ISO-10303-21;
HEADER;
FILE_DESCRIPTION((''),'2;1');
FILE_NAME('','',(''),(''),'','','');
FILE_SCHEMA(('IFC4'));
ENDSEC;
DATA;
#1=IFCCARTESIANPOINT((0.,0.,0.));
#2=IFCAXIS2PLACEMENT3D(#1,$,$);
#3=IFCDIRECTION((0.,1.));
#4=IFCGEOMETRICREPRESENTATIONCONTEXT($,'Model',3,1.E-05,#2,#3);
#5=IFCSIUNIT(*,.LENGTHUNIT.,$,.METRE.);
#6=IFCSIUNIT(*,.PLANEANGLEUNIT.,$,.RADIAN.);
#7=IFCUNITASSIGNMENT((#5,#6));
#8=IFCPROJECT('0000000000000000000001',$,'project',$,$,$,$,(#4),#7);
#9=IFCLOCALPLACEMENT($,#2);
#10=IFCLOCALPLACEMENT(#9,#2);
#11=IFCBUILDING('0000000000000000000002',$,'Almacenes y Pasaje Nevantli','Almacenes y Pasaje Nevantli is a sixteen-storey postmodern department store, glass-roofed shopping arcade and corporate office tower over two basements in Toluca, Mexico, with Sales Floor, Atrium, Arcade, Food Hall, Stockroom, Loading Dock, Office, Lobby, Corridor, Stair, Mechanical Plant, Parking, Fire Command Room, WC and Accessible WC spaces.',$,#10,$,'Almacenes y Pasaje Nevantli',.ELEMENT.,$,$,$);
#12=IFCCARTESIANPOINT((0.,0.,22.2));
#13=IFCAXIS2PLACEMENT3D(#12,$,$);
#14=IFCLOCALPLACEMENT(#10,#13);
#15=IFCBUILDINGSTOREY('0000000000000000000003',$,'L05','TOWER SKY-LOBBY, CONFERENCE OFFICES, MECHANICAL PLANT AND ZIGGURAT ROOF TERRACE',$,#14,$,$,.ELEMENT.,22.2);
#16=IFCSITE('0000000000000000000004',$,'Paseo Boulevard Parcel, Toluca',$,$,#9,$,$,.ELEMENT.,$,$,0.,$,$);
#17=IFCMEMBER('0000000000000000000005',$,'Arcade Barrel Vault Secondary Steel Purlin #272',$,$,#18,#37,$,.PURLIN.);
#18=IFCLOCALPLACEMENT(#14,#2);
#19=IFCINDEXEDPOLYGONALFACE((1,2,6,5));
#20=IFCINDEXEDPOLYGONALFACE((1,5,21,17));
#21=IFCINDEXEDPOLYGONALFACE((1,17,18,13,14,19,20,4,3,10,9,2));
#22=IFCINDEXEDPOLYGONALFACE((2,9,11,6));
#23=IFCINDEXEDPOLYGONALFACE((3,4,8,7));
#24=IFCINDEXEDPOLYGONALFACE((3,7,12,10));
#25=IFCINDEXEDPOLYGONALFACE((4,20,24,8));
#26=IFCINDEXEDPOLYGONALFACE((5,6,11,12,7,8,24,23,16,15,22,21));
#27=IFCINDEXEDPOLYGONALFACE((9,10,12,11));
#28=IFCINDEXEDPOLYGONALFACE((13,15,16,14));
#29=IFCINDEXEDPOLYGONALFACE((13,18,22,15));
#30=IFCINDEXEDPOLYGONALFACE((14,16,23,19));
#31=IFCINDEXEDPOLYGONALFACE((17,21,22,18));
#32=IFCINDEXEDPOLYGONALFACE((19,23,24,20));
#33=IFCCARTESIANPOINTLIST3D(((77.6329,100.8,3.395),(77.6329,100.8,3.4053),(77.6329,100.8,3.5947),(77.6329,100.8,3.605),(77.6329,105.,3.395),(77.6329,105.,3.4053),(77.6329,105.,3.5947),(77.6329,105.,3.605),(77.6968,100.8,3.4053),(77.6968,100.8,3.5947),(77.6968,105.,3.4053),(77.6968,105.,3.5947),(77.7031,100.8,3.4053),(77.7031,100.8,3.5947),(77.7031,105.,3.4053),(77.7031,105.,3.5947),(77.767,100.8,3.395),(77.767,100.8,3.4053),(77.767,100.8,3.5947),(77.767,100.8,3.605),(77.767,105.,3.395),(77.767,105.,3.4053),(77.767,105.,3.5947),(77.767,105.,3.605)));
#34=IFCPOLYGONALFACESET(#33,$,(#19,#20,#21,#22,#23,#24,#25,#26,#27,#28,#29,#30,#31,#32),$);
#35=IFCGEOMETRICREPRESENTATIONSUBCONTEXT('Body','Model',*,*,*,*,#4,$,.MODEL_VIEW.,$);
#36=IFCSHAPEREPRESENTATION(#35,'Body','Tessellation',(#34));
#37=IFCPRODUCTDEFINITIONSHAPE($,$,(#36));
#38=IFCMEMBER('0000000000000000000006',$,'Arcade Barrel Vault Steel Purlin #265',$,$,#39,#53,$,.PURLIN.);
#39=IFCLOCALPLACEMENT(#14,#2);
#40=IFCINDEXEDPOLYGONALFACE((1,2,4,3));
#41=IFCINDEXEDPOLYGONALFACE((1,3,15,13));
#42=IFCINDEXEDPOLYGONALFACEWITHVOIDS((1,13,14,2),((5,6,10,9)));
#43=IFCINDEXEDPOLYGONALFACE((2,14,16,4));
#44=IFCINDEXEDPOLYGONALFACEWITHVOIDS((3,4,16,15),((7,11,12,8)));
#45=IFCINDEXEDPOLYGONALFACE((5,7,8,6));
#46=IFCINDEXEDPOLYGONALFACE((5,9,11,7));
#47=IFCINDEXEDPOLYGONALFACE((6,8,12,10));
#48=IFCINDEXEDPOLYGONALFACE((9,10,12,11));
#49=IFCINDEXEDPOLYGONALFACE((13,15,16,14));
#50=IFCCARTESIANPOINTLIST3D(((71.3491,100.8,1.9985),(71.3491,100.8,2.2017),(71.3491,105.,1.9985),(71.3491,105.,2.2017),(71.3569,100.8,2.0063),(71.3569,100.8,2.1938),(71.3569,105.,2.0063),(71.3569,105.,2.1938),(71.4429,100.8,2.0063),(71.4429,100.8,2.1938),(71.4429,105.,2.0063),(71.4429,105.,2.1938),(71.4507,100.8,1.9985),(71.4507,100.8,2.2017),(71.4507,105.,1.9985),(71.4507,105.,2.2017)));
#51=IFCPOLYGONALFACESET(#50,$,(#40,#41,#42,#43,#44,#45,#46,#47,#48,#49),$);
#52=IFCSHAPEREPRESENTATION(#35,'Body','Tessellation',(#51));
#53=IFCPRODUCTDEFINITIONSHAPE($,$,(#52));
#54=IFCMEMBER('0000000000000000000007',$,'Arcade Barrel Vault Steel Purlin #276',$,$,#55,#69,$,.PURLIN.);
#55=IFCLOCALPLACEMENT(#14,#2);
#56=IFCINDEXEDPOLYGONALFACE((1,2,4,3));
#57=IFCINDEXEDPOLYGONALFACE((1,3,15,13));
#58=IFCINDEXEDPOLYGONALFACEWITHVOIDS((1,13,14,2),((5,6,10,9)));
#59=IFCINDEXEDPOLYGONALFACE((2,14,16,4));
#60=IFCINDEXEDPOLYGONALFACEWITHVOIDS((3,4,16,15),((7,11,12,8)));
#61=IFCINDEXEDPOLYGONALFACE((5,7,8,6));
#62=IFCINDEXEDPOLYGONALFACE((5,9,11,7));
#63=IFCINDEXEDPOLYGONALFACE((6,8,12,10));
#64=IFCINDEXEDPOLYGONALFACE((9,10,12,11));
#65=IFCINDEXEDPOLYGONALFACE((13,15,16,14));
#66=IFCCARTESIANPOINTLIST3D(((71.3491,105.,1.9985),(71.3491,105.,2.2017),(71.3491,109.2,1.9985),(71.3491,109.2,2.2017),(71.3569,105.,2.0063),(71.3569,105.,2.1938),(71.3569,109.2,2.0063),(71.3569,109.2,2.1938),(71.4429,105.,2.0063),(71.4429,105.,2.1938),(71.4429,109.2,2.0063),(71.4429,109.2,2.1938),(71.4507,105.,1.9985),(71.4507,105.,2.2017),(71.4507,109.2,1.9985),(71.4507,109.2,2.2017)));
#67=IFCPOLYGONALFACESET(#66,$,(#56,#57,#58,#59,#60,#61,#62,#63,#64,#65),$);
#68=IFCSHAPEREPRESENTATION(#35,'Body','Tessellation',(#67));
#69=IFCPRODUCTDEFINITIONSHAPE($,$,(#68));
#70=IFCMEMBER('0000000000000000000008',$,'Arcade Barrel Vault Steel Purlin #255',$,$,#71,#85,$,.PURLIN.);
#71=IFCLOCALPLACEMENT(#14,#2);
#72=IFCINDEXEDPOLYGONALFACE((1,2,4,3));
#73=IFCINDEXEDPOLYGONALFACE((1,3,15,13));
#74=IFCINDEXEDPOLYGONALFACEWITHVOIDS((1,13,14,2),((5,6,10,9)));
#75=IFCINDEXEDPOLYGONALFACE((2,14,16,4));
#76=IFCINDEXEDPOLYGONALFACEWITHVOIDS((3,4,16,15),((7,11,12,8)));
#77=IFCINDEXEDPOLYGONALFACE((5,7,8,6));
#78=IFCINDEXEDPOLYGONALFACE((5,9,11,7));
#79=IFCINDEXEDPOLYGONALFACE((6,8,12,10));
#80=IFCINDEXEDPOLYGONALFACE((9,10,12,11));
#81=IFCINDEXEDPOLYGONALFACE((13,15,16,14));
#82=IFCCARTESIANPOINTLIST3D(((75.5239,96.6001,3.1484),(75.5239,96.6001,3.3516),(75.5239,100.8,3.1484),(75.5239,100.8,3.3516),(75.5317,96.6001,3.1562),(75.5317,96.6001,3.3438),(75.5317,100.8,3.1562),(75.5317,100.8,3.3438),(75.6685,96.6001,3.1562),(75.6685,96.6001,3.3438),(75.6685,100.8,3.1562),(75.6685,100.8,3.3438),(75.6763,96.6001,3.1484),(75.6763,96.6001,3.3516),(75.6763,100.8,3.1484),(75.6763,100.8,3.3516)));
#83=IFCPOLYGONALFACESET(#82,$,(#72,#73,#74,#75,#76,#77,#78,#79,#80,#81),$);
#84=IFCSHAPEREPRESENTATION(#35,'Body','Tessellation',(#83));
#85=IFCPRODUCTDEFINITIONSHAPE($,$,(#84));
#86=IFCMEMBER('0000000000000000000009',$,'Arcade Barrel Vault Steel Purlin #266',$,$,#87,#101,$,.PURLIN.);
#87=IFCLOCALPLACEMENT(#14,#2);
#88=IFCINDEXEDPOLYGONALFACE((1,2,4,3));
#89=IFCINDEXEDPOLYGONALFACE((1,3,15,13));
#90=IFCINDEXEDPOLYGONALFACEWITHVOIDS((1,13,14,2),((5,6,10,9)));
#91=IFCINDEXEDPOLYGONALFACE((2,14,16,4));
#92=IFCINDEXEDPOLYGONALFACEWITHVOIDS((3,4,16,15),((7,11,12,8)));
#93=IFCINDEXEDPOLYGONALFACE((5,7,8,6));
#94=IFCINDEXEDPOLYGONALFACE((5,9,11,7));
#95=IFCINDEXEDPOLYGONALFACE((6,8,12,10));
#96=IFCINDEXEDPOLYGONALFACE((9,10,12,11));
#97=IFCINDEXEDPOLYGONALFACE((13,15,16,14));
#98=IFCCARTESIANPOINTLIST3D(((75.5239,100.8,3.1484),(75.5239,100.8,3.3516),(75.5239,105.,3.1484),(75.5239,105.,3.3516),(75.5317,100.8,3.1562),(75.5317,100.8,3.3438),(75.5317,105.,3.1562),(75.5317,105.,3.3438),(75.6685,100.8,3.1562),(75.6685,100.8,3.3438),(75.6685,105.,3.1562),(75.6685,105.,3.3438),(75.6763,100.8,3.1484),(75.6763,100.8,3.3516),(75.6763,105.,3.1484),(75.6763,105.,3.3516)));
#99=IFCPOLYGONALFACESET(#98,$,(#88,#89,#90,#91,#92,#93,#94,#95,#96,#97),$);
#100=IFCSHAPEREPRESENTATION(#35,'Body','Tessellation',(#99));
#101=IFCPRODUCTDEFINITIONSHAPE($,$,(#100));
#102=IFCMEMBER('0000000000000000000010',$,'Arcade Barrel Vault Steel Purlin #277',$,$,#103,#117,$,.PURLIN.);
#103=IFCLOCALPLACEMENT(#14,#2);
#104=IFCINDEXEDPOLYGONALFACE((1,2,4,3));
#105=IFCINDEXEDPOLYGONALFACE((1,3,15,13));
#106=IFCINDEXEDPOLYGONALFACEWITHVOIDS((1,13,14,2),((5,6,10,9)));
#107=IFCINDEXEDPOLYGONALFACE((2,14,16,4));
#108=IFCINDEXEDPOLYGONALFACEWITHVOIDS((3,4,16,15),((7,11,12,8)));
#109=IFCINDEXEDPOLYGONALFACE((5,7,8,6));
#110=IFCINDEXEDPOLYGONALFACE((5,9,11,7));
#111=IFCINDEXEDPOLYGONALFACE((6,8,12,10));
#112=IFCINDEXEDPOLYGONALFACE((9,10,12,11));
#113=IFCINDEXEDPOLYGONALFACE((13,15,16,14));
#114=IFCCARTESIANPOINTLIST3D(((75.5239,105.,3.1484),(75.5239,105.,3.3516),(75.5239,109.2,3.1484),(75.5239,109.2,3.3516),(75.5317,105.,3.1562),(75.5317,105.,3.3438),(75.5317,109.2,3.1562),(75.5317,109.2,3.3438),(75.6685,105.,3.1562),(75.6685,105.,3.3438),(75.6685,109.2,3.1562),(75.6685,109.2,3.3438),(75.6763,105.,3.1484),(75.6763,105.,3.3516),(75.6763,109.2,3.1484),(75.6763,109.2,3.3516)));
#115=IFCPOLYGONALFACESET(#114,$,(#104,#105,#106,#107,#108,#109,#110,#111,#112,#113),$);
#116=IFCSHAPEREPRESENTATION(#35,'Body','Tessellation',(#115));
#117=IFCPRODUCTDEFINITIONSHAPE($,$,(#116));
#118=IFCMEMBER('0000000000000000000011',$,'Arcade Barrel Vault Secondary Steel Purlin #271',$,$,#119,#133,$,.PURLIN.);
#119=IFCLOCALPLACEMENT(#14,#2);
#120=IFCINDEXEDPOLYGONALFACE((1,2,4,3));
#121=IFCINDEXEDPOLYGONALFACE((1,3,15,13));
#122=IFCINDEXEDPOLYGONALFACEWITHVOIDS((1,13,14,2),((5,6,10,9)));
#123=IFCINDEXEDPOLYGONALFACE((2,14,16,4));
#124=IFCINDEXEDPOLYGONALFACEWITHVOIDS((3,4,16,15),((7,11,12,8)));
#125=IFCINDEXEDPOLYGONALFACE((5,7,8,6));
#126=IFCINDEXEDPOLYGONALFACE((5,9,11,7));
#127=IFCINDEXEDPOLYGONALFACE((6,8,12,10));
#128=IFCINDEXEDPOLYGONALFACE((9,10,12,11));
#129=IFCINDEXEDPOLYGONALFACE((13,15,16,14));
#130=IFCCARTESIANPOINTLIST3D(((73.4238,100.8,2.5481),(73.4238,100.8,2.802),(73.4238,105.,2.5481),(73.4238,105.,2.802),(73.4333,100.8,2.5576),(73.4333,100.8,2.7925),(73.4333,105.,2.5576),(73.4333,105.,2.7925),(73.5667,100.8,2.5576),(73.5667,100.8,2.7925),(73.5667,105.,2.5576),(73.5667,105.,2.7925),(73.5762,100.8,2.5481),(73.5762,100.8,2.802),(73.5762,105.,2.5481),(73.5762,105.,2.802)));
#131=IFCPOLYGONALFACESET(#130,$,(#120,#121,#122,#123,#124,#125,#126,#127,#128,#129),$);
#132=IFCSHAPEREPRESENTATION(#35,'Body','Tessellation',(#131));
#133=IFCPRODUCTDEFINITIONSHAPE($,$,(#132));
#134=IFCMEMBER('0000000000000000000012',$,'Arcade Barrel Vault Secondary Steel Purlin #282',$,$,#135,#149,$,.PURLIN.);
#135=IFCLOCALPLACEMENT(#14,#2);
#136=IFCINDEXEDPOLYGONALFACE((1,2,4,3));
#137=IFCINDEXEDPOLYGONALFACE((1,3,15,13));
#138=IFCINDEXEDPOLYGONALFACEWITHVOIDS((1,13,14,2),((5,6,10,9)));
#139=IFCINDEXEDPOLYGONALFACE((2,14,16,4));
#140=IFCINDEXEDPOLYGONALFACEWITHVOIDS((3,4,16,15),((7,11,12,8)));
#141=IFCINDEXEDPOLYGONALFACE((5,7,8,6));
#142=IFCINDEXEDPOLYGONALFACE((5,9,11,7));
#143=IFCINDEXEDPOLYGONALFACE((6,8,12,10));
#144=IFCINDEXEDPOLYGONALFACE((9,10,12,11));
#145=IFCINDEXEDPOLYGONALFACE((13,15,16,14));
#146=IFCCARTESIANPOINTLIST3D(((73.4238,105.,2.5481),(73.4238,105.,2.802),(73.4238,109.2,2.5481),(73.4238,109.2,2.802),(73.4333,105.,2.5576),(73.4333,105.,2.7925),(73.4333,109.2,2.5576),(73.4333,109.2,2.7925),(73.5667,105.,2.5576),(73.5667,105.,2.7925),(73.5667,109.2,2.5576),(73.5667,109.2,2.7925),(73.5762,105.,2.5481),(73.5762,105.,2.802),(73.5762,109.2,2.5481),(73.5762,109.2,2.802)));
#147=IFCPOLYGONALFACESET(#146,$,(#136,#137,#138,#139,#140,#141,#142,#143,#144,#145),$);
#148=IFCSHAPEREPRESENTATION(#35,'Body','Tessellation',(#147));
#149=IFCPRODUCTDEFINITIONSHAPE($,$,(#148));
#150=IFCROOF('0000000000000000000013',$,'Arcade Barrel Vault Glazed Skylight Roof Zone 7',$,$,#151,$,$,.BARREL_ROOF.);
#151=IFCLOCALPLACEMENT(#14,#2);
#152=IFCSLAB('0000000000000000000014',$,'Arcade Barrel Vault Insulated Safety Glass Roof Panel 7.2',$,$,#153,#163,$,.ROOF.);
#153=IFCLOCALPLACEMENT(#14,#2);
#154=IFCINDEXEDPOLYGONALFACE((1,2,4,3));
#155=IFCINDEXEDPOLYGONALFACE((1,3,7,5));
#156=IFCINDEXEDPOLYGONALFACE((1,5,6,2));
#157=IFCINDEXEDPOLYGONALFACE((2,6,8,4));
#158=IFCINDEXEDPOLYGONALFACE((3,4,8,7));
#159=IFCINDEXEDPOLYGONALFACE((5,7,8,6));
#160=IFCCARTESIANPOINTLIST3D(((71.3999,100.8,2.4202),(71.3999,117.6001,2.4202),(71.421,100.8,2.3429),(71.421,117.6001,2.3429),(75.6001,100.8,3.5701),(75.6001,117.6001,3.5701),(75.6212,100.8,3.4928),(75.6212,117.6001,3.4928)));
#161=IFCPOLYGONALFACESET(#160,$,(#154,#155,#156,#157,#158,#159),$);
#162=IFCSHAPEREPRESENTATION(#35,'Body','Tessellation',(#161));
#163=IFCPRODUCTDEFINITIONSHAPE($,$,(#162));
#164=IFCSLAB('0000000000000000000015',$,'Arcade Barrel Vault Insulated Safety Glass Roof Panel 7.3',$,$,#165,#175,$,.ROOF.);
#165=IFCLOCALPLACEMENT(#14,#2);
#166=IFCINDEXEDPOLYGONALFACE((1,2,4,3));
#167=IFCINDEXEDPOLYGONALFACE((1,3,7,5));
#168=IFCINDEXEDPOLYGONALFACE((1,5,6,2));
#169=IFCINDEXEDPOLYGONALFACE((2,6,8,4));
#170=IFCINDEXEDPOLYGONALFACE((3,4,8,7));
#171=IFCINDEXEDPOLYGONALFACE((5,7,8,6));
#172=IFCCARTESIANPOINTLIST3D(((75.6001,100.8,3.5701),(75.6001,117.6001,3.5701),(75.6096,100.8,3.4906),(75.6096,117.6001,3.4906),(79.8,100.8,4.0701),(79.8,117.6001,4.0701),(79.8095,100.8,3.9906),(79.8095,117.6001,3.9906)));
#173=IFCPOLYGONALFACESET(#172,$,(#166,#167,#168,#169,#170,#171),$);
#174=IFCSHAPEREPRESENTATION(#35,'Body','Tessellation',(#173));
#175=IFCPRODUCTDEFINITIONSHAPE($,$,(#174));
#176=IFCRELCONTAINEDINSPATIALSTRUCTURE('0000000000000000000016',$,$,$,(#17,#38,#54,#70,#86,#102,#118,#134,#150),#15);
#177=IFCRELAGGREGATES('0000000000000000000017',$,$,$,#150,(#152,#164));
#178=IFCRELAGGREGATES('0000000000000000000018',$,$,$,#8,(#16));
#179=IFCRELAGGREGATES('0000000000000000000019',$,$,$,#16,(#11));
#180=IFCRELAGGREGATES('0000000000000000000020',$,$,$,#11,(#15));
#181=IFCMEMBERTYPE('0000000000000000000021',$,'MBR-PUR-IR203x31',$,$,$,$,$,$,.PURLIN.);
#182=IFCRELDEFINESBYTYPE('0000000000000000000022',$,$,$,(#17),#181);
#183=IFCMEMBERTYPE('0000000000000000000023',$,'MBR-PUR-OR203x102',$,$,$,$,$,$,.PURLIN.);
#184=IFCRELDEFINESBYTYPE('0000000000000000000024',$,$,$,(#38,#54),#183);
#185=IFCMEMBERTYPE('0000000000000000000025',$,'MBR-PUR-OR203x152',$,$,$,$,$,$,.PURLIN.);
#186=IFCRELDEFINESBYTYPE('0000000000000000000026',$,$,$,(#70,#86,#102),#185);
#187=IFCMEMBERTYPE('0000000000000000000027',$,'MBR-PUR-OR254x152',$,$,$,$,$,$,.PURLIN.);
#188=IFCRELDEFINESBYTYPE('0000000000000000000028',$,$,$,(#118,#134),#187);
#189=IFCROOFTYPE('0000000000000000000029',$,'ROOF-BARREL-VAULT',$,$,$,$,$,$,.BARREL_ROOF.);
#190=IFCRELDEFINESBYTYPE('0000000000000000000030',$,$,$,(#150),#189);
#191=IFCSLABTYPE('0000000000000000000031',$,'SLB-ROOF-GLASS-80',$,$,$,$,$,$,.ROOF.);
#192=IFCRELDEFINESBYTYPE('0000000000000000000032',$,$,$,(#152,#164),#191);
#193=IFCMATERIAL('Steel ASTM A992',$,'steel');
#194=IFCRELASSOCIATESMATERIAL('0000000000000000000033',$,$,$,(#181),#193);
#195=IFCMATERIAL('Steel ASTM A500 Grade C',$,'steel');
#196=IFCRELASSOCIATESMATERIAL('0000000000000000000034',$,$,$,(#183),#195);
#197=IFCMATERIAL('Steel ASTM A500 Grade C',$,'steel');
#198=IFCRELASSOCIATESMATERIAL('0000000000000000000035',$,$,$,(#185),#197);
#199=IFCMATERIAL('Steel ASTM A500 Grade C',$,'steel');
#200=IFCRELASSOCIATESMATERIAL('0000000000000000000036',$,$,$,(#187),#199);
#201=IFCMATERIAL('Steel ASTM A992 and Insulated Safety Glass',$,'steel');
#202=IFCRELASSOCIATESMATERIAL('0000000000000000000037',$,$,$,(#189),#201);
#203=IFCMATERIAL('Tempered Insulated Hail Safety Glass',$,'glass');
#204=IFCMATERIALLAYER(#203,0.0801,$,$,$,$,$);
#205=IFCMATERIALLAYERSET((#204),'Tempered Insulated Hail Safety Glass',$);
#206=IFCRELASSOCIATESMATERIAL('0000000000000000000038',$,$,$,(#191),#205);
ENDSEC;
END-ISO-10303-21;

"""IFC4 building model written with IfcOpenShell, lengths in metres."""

from ifc_helpers import new_model, si_unit, direction, frame, origin, origin_2d, place, context, subcontext, project, spatial, polyline, hollow_rectangle, i_section, outline, extrude, material, layer, layer_set, material_profile, profile_set, type_object, element, aggregate, save


model = new_model("IFC4")

# Units and contexts
model_context = context("Model", 3, precision=1e-05, world=origin(), true_north=direction((0.0, 1.0)))
body_context = subcontext(model_context, "Body", "Model", "MODEL_VIEW")
ifc_project = project(units=[si_unit("LENGTHUNIT", "METRE"), si_unit("PLANEANGLEUNIT", "RADIAN")], contexts=[model_context])

# Site, building, storey
site_placement = place(None, origin())
site = spatial("IfcSite", under=ifc_project, at=site_placement, Name="Paseo Boulevard Parcel, Toluca", CompositionType="ELEMENT", RefElevation=0.0)
building_placement = place(site_placement, origin())
building = spatial("IfcBuilding", under=site, at=building_placement, Name="Almacenes y Pasaje Nevantli", Description="Almacenes y Pasaje Nevantli is a sixteen-storey postmodern department store, glass-roofed shopping arcade and corporate office tower over two basements in Toluca, Mexico, with Sales Floor, Atrium, Arcade, Food Hall, Stockroom, Loading Dock, Office, Lobby, Corridor, Stair, Mechanical Plant, Parking, Fire Command Room, WC and Accessible WC spaces.", LongName="Almacenes y Pasaje Nevantli", CompositionType="ELEMENT")
storey_placement = place(building_placement, frame((0.0, 0.0, 22.2)))
storey = spatial("IfcBuildingStorey", under=building, at=storey_placement, Name="L05", Description="TOWER SKY-LOBBY, CONFERENCE OFFICES, MECHANICAL PLANT AND ZIGGURAT ROOF TERRACE", CompositionType="ELEMENT", Elevation=22.2)

# Members
ifc_material_1 = material(Name="Steel ASTM A992", Category="steel")
ifc_material_profile_1 = material_profile(ifc_material_1, i_section(OverallWidth=0.134, OverallDepth=0.21, WebThickness=0.0063, FlangeThickness=0.0103, at=origin_2d()), Name="IR 203x31.3")
ifc_profile_set_1 = profile_set([ifc_material_profile_1], Name="Steel ASTM A992")
member_type_1 = type_object("IfcMemberType", Name="MBR-PUR-IR203x31", PredefinedType="PURLIN", material=ifc_profile_set_1)
for number, where, z_axis, x_axis, name in (
    (1, (77.7, 100.8, 3.5), (0.0, 1.0, 0.0), (-1.0, 0.0, 0.0), "Arcade Barrel Vault Secondary Steel Purlin #272"),
):
    element("IfcMember", number, at=place(storey_placement, frame(where, z_axis=z_axis, x_axis=x_axis)), inside=storey, type_object=member_type_1, Name=name, PredefinedType="PURLIN", context=body_context, shape_type="SweptSolid", body=[
        extrude(i_section(OverallWidth=0.134, OverallDepth=0.21, WebThickness=0.0063, FlangeThickness=0.0103, at=origin_2d()), origin(), (0.0, 0.0, 1.0), 4.2),
    ])
ifc_material_2 = material(Name="Steel ASTM A500 Grade C", Category="steel")
ifc_material_profile_2 = material_profile(ifc_material_2, hollow_rectangle(XDim=0.1016, YDim=0.2031, WallThickness=0.0078, at=origin_2d()), Name="OR 203x102x7.9")
ifc_profile_set_2 = profile_set([ifc_material_profile_2], Name="Steel ASTM A500 Grade C")
member_type_2 = type_object("IfcMemberType", Name="MBR-PUR-OR203x102", PredefinedType="PURLIN", material=ifc_profile_set_2)
for number, where, z_axis, x_axis, name in (
    (2, (71.3999, 100.8, 2.1001), (0.0, 1.0, 0.0), (-1.0, 0.0, 0.0), "Arcade Barrel Vault Steel Purlin #265"),
    (3, (71.3999, 105.0, 2.1001), (0.0, 1.0, 0.0), (-1.0, 0.0, 0.0), "Arcade Barrel Vault Steel Purlin #276"),
):
    element("IfcMember", number, at=place(storey_placement, frame(where, z_axis=z_axis, x_axis=x_axis)), inside=storey, type_object=member_type_2, Name=name, PredefinedType="PURLIN", context=body_context, shape_type="SweptSolid", body=[
        extrude(hollow_rectangle(XDim=0.1016, YDim=0.2031, WallThickness=0.0078, at=origin_2d()), origin(), (0.0, 0.0, 1.0), 4.2),
    ])
ifc_material_3 = material(Name="Steel ASTM A500 Grade C", Category="steel")
ifc_material_profile_3 = material_profile(ifc_material_3, hollow_rectangle(XDim=0.1523, YDim=0.2031, WallThickness=0.0078, at=origin_2d()), Name="OR 203x152x7.9")
ifc_profile_set_3 = profile_set([ifc_material_profile_3], Name="Steel ASTM A500 Grade C")
member_type_3 = type_object("IfcMemberType", Name="MBR-PUR-OR203x152", PredefinedType="PURLIN", material=ifc_profile_set_3)
for number, where, z_axis, x_axis, name in (
    (4, (75.6001, 96.6001, 3.25), (0.0, 1.0, 0.0), (-1.0, 0.0, 0.0), "Arcade Barrel Vault Steel Purlin #255"),
    (5, (75.6001, 100.8, 3.25), (0.0, 1.0, 0.0), (-1.0, 0.0, 0.0), "Arcade Barrel Vault Steel Purlin #266"),
    (6, (75.6001, 105.0, 3.25), (0.0, 1.0, 0.0), (-1.0, 0.0, 0.0), "Arcade Barrel Vault Steel Purlin #277"),
):
    element("IfcMember", number, at=place(storey_placement, frame(where, z_axis=z_axis, x_axis=x_axis)), inside=storey, type_object=member_type_3, Name=name, PredefinedType="PURLIN", context=body_context, shape_type="SweptSolid", body=[
        extrude(hollow_rectangle(XDim=0.1523, YDim=0.2031, WallThickness=0.0078, at=origin_2d()), origin(), (0.0, 0.0, 1.0), 4.2),
    ])
ifc_material_4 = material(Name="Steel ASTM A500 Grade C", Category="steel")
ifc_material_profile_4 = material_profile(ifc_material_4, hollow_rectangle(XDim=0.1523, YDim=0.2539, WallThickness=0.0095, at=origin_2d()), Name="OR 254x152x9.5")
ifc_profile_set_4 = profile_set([ifc_material_profile_4], Name="Steel ASTM A500 Grade C")
member_type_4 = type_object("IfcMemberType", Name="MBR-PUR-OR254x152", PredefinedType="PURLIN", material=ifc_profile_set_4)
for number, where, z_axis, x_axis, name in (
    (7, (73.5, 100.8, 2.675), (0.0, 1.0, 0.0), (-1.0, 0.0, 0.0), "Arcade Barrel Vault Secondary Steel Purlin #271"),
    (8, (73.5, 105.0, 2.675), (0.0, 1.0, 0.0), (-1.0, 0.0, 0.0), "Arcade Barrel Vault Secondary Steel Purlin #282"),
):
    element("IfcMember", number, at=place(storey_placement, frame(where, z_axis=z_axis, x_axis=x_axis)), inside=storey, type_object=member_type_4, Name=name, PredefinedType="PURLIN", context=body_context, shape_type="SweptSolid", body=[
        extrude(hollow_rectangle(XDim=0.1523, YDim=0.2539, WallThickness=0.0095, at=origin_2d()), origin(), (0.0, 0.0, 1.0), 4.2),
    ])

# Roof, slabs
ifc_material_5 = material(Name="Steel ASTM A992 and Insulated Safety Glass", Category="steel")
roof_type = type_object("IfcRoofType", Name="ROOF-BARREL-VAULT", PredefinedType="BARREL_ROOF", material=ifc_material_5)
roof_placement = place(storey_placement, origin())
roof = element("IfcRoof", 9, at=roof_placement, inside=storey, type_object=roof_type, Name="Arcade Barrel Vault Glazed Skylight Roof Zone 7", PredefinedType="BARREL_ROOF")
ifc_material_6 = material(Name="Tempered Insulated Hail Safety Glass", Category="glass")
ifc_layer = layer(ifc_material_6, 0.0801)
ifc_layer_set = layer_set([ifc_layer], Name="Tempered Insulated Hail Safety Glass")
slab_type = type_object("IfcSlabType", Name="SLB-ROOF-GLASS-80", PredefinedType="ROOF", material=ifc_layer_set)
slab_1_placement = place(storey_placement, frame((71.3999, 100.8, 2.4202), z_axis=(-0.264057, 0.0, 0.964507), x_axis=(0.964507, 0.0, 0.264057)))
slab_1 = element("IfcSlab", 10, at=slab_1_placement, type_object=slab_type, Name="Arcade Barrel Vault Insulated Safety Glass Roof Panel 7.2", PredefinedType="ROOF", context=body_context, shape_type="SweptSolid", body=[
    extrude(outline(polyline([(0.0, 0.0), (4.3548, 0.0), (4.3548, 16.8), (0.0, 16.8), (0.0, 0.0)])), origin(), (0.0, 0.0, -1.0), 0.0801),
])
slab_2_placement = place(storey_placement, frame((75.6001, 100.8, 3.5701), z_axis=(-0.118214, 0.0, 0.992988), x_axis=(0.992988, 0.0, 0.118214)))
slab_2 = element("IfcSlab", 11, at=slab_2_placement, type_object=slab_type, Name="Arcade Barrel Vault Insulated Safety Glass Roof Panel 7.3", PredefinedType="ROOF", context=body_context, shape_type="SweptSolid", body=[
    extrude(outline(polyline([(0.0, 0.0), (4.2296, 0.0), (4.2296, 16.8), (0.0, 16.8), (0.0, 0.0)])), origin(), (0.0, 0.0, -1.0), 0.0801),
])
aggregate(roof, [slab_1, slab_2])

save(model, "model.ifc")
